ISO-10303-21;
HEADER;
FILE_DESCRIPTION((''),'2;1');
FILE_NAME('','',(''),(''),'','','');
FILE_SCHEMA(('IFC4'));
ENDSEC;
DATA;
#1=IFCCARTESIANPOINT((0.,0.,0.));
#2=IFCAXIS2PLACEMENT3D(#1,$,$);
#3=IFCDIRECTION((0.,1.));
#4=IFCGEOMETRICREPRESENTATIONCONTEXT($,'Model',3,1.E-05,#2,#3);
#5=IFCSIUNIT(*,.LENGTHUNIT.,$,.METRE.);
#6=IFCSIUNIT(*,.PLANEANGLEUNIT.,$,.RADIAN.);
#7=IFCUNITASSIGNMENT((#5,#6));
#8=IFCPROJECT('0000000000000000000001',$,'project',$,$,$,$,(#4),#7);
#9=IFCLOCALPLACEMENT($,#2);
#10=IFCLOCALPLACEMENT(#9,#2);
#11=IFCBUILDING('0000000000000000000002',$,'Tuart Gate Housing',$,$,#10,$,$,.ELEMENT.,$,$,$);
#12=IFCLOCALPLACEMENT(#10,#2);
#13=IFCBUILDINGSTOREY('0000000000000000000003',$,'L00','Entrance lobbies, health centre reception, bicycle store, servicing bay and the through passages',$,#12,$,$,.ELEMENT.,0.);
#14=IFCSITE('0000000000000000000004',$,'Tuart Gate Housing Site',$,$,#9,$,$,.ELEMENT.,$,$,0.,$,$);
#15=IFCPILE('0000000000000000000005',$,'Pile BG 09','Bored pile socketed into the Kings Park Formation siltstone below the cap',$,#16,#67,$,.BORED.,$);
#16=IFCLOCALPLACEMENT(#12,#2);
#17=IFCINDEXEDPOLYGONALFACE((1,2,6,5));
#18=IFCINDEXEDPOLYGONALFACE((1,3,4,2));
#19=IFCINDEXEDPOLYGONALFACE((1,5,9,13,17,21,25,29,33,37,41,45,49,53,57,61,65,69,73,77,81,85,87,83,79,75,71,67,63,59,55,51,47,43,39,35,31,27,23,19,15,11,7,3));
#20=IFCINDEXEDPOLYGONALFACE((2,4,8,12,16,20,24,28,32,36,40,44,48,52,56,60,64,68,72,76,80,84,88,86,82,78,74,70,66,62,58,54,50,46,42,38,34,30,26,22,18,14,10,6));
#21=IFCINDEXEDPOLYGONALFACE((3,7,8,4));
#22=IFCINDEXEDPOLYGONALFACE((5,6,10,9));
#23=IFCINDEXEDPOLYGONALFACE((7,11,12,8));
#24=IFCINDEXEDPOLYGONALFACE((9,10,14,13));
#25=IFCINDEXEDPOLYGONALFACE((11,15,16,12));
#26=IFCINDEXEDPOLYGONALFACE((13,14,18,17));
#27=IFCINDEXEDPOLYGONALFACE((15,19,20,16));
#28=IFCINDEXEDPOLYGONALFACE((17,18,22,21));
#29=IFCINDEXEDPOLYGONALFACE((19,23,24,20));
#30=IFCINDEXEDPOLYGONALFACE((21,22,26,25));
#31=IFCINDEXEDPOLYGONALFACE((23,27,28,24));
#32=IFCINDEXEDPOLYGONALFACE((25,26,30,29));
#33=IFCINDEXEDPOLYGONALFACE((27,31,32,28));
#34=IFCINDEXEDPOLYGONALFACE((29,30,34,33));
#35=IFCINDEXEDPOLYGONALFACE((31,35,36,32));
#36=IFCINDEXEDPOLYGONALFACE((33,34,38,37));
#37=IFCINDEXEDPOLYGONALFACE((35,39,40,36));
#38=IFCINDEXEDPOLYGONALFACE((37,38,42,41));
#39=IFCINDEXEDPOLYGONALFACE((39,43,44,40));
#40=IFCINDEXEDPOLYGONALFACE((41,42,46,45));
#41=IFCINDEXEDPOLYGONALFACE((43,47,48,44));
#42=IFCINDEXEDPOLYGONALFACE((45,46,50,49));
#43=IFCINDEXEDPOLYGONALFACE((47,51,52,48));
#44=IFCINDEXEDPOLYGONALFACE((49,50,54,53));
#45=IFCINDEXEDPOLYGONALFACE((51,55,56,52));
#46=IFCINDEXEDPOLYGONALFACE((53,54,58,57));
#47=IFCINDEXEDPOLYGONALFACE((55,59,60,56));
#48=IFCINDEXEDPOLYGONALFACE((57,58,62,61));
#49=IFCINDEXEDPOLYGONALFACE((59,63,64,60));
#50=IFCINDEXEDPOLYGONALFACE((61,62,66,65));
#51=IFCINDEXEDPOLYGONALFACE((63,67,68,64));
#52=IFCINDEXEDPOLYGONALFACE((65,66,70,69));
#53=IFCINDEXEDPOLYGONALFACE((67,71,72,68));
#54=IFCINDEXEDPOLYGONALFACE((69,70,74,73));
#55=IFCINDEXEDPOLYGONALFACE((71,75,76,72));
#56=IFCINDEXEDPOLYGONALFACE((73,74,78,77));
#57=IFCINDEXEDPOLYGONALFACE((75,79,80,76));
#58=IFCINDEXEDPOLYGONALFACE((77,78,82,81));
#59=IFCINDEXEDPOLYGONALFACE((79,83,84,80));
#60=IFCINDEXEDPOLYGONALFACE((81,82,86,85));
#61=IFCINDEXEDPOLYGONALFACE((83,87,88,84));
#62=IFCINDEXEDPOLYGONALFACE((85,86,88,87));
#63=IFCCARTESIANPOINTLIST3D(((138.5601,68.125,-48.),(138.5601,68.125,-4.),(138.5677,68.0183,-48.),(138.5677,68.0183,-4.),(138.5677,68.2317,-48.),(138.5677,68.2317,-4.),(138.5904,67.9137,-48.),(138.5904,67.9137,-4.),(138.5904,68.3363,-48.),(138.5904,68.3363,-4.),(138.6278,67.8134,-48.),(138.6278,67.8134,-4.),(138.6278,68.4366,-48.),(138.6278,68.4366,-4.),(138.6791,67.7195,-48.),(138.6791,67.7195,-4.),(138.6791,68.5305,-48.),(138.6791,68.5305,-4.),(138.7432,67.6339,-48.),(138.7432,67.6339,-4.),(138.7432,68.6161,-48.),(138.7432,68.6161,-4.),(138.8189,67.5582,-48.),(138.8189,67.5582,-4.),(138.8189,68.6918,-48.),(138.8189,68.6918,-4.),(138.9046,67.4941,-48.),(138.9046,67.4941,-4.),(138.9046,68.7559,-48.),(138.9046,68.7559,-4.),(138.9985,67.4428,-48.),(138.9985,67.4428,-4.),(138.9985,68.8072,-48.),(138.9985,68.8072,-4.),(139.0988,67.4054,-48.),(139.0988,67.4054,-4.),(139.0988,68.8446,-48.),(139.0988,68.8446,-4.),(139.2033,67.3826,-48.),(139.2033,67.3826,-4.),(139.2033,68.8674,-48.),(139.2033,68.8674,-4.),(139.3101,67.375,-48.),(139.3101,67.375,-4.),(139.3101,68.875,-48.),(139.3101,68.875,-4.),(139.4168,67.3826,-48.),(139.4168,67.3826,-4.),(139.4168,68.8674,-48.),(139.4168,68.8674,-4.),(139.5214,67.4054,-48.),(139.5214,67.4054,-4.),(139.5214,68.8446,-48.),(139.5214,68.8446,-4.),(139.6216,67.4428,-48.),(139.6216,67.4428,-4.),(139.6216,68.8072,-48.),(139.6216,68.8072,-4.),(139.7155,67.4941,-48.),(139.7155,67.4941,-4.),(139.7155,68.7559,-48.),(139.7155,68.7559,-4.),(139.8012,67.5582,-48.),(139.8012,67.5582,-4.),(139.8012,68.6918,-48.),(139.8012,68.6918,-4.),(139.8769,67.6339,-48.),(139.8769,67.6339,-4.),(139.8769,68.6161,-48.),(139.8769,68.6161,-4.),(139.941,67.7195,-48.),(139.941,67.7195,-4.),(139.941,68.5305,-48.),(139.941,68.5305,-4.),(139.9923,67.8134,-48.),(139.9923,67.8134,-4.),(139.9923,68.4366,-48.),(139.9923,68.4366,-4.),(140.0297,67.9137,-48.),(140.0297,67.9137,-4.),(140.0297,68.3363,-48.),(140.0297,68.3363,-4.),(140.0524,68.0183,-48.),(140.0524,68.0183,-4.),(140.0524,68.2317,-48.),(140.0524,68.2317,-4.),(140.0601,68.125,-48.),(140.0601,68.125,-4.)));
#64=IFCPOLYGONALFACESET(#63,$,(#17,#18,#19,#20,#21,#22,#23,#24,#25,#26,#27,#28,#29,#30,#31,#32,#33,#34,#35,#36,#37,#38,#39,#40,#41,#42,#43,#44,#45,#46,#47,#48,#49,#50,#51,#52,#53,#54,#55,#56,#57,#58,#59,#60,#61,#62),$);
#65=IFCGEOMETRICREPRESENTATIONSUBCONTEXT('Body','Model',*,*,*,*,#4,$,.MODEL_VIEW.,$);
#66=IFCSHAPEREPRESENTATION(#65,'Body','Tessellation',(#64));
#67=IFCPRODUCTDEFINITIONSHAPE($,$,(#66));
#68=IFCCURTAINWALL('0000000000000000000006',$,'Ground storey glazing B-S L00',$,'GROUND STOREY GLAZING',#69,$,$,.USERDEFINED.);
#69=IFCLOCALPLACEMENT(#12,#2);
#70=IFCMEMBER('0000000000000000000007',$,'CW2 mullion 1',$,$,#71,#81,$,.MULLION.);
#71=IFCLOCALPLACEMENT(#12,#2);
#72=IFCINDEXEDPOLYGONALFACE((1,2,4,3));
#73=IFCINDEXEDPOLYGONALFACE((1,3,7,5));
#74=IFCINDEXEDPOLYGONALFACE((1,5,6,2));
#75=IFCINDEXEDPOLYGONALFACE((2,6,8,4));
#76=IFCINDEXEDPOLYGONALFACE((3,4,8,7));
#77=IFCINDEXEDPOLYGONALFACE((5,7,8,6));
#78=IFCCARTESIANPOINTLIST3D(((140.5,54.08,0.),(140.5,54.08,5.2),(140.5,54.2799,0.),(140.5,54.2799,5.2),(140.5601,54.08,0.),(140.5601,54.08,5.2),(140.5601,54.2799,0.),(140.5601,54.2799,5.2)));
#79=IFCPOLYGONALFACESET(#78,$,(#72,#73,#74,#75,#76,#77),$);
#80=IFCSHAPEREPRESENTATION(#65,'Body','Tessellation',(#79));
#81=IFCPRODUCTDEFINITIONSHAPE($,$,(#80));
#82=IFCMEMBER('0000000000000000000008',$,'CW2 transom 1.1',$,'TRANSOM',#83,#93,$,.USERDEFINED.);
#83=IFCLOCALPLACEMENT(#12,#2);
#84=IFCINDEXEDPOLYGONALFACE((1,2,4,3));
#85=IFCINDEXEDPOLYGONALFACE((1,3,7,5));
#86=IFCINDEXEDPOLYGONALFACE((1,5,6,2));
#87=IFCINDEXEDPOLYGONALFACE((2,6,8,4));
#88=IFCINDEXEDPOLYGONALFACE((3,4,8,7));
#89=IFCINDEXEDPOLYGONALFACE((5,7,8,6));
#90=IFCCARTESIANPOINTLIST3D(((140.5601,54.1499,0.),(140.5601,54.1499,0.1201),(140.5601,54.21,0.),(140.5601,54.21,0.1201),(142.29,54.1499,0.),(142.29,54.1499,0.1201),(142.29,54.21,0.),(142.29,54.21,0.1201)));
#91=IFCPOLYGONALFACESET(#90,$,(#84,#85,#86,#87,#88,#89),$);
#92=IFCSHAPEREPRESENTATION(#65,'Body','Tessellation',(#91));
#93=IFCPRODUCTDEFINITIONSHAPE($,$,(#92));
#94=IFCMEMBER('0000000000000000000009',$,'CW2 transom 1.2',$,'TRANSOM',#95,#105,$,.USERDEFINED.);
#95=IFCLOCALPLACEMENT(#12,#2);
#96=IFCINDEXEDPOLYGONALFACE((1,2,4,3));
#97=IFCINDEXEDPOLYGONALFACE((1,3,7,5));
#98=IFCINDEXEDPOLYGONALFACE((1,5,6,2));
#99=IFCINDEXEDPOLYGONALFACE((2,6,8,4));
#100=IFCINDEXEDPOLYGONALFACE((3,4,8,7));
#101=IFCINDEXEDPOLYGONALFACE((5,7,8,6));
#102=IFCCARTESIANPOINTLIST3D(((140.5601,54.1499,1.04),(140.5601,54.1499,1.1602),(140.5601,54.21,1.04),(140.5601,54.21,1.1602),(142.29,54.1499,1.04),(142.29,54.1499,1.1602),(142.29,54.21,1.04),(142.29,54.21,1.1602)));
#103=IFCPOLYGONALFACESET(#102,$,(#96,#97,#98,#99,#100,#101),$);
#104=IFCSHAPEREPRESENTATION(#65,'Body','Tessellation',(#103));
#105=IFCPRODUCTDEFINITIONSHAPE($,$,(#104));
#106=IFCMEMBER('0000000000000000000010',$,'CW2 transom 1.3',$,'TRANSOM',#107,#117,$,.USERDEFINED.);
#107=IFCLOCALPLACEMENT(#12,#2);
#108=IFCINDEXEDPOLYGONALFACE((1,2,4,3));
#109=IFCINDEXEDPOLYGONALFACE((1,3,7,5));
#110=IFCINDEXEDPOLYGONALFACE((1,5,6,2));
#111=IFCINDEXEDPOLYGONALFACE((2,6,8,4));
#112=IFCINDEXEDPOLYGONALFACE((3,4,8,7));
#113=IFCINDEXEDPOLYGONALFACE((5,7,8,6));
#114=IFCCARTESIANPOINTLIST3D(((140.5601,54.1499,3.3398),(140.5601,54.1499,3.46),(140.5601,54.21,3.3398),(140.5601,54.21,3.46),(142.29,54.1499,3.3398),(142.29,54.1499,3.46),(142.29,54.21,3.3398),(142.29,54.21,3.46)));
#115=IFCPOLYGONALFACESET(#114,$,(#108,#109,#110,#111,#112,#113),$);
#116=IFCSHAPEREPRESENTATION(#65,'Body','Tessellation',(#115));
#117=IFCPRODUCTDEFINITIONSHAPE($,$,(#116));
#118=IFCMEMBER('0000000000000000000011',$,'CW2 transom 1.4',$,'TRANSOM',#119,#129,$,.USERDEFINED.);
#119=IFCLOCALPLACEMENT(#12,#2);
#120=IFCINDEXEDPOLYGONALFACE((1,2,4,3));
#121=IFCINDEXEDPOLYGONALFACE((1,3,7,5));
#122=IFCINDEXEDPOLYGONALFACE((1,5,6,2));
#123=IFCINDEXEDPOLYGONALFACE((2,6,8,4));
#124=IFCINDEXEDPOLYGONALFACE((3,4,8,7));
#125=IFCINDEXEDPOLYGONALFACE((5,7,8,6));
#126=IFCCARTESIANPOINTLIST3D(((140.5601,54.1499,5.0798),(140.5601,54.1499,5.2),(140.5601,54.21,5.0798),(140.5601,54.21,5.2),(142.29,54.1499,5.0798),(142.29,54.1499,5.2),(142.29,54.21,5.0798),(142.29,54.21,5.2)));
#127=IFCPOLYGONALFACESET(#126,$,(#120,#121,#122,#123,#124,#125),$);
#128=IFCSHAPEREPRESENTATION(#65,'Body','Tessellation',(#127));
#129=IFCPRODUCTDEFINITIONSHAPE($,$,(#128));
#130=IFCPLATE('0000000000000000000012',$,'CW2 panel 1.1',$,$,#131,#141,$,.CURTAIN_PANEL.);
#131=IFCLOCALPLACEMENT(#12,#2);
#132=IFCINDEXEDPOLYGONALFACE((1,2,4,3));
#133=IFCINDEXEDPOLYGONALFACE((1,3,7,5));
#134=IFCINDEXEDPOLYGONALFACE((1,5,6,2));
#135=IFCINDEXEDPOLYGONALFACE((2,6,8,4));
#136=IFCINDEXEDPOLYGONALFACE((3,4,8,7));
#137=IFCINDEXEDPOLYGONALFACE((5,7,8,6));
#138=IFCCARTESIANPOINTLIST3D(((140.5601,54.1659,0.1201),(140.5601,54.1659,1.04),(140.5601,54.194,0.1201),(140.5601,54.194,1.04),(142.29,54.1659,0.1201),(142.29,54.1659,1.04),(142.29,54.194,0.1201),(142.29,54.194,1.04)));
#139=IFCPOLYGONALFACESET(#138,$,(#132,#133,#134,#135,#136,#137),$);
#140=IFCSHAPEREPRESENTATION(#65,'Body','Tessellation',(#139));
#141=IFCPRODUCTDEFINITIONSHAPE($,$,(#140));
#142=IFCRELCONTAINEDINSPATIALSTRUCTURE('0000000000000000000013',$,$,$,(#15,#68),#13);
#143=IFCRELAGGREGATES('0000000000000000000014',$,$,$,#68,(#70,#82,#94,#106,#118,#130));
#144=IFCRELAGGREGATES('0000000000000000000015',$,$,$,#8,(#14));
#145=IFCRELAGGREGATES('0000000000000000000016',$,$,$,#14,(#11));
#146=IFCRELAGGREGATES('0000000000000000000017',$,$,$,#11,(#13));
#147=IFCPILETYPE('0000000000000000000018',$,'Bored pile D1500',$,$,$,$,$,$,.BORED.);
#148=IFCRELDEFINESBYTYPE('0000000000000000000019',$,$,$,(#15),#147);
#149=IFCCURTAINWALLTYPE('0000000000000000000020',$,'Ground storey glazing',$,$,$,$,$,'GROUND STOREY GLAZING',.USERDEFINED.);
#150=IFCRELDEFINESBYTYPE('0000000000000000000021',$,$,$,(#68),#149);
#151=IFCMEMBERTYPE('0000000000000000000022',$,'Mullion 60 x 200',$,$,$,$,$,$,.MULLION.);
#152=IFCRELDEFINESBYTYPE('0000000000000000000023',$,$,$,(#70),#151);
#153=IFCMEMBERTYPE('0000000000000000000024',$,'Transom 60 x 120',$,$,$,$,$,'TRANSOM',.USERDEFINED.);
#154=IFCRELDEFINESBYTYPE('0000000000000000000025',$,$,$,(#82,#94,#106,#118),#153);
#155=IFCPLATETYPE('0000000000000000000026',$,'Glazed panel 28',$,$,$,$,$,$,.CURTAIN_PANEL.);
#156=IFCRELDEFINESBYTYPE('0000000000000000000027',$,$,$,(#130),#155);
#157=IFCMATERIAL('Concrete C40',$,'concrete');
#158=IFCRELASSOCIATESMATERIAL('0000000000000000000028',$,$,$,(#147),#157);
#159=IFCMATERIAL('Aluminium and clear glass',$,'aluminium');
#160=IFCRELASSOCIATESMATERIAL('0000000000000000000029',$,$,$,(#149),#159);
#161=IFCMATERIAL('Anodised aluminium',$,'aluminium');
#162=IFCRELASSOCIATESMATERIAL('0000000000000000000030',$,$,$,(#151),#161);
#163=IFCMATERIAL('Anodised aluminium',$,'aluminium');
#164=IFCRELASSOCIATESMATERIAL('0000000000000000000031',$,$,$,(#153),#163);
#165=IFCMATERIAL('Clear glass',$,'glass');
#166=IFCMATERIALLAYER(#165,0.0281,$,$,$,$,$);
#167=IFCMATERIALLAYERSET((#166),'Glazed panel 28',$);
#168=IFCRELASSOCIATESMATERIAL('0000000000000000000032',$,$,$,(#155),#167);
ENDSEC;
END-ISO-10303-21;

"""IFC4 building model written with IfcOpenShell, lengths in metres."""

from ifc_helpers import new_model, si_unit, direction, frame, origin, origin_2d, place, context, subcontext, project, spatial, rectangle, circle, extrude, material, layer, layer_set, material_profile, profile_set, type_object, element, aggregate, save


model = new_model("IFC4")

# Units and contexts
model_context = context("Model", 3, precision=1e-05, world=origin(), true_north=direction((0.0, 1.0)))
body_context = subcontext(model_context, "Body", "Model", "MODEL_VIEW")
ifc_project = project(units=[si_unit("LENGTHUNIT", "METRE"), si_unit("PLANEANGLEUNIT", "RADIAN")], contexts=[model_context])

# Site, building, storey
site_placement = place(None, origin())
site = spatial("IfcSite", under=ifc_project, at=site_placement, Name="Tuart Gate Housing Site", CompositionType="ELEMENT", RefElevation=0.0)
building_placement = place(site_placement, origin())
building = spatial("IfcBuilding", under=site, at=building_placement, Name="Tuart Gate Housing", CompositionType="ELEMENT")
storey_placement = place(building_placement, origin())
storey = spatial("IfcBuildingStorey", under=building, at=storey_placement, Name="L00", Description="Entrance lobbies, health centre reception, bicycle store, servicing bay and the through passages", CompositionType="ELEMENT", Elevation=0.0)

# Pile
ifc_material_1 = material(Name="Concrete C40", Category="concrete")
ifc_material_profile_1 = material_profile(ifc_material_1, circle(Radius=0.75, at=origin_2d()), Name="Bored pile D1500")
ifc_profile_set_1 = profile_set([ifc_material_profile_1], Name="Concrete C40")
pile_type = type_object("IfcPileType", Name="Bored pile D1500", PredefinedType="BORED", material=ifc_profile_set_1)
pile_placement = place(storey_placement, frame((139.3101, 68.125, -4.0), z_axis=(0.0, 0.0, -1.0), x_axis=(1.0, 0.0, 0.0)))
element("IfcPile", 1, at=pile_placement, inside=storey, type_object=pile_type, Name="Pile BG 09", Description="Bored pile socketed into the Kings Park Formation siltstone below the cap", PredefinedType="BORED", context=body_context, shape_type="SweptSolid", body=[
    extrude(circle(Radius=0.75, at=origin_2d()), origin(), (0.0, 0.0, 1.0), 44.0),
])

# Curtain wall, members, plate
ifc_material_2 = material(Name="Aluminium and clear glass", Category="aluminium")
curtain_wall_type = type_object("IfcCurtainWallType", Name="Ground storey glazing", ElementType="GROUND STOREY GLAZING", PredefinedType="USERDEFINED", material=ifc_material_2)
curtain_wall_placement = place(storey_placement, origin())
curtain_wall = element("IfcCurtainWall", 2, at=curtain_wall_placement, inside=storey, type_object=curtain_wall_type, Name="Ground storey glazing B-S L00", ObjectType="GROUND STOREY GLAZING", PredefinedType="USERDEFINED")
ifc_material_3 = material(Name="Anodised aluminium", Category="aluminium")
ifc_material_profile_2 = material_profile(ifc_material_3, rectangle(XDim=0.0601, YDim=0.2, at=origin_2d()), Name="60x200")
ifc_profile_set_2 = profile_set([ifc_material_profile_2], Name="Anodised aluminium")
member_type_1 = type_object("IfcMemberType", Name="Mullion 60 x 200", PredefinedType="MULLION", material=ifc_profile_set_2)
member_1_placement = place(storey_placement, frame((140.53, 54.1799, 0.0), z_axis=(0.0, 0.0, 1.0), x_axis=(1.0, 0.0, 0.0)))
member_1 = element("IfcMember", 3, at=member_1_placement, type_object=member_type_1, Name="CW2 mullion 1", PredefinedType="MULLION", context=body_context, shape_type="SweptSolid", body=[
    extrude(rectangle(XDim=0.0601, YDim=0.2, at=origin_2d()), origin(), (0.0, 0.0, 1.0), 5.2),
])
ifc_material_4 = material(Name="Anodised aluminium", Category="aluminium")
ifc_material_profile_3 = material_profile(ifc_material_4, rectangle(XDim=0.0601, YDim=0.1201, at=origin_2d()), Name="60x120")
ifc_profile_set_3 = profile_set([ifc_material_profile_3], Name="Anodised aluminium")
member_type_2 = type_object("IfcMemberType", Name="Transom 60 x 120", ElementType="TRANSOM", PredefinedType="USERDEFINED", material=ifc_profile_set_3)
member_2_placement = place(storey_placement, frame((140.5601, 54.1799, 0.0601), z_axis=(1.0, 0.0, 0.0), x_axis=(0.0, 1.0, 0.0)))
member_2 = element("IfcMember", 4, at=member_2_placement, type_object=member_type_2, Name="CW2 transom 1.1", ObjectType="TRANSOM", PredefinedType="USERDEFINED", context=body_context, shape_type="SweptSolid", body=[
    extrude(rectangle(XDim=0.0601, YDim=0.1201, at=origin_2d()), origin(), (0.0, 0.0, 1.0), 1.73),
])
member_3_placement = place(storey_placement, frame((140.5601, 54.1799, 1.1001), z_axis=(1.0, 0.0, 0.0), x_axis=(0.0, 1.0, 0.0)))
member_3 = element("IfcMember", 5, at=member_3_placement, type_object=member_type_2, Name="CW2 transom 1.2", ObjectType="TRANSOM", PredefinedType="USERDEFINED", context=body_context, shape_type="SweptSolid", body=[
    extrude(rectangle(XDim=0.0601, YDim=0.1201, at=origin_2d()), origin(), (0.0, 0.0, 1.0), 1.73),
])
member_4_placement = place(storey_placement, frame((140.5601, 54.1799, 3.3999), z_axis=(1.0, 0.0, 0.0), x_axis=(0.0, 1.0, 0.0)))
member_4 = element("IfcMember", 6, at=member_4_placement, type_object=member_type_2, Name="CW2 transom 1.3", ObjectType="TRANSOM", PredefinedType="USERDEFINED", context=body_context, shape_type="SweptSolid", body=[
    extrude(rectangle(XDim=0.0601, YDim=0.1201, at=origin_2d()), origin(), (0.0, 0.0, 1.0), 1.73),
])
member_5_placement = place(storey_placement, frame((140.5601, 54.1799, 5.1399), z_axis=(1.0, 0.0, 0.0), x_axis=(0.0, 1.0, 0.0)))
member_5 = element("IfcMember", 7, at=member_5_placement, type_object=member_type_2, Name="CW2 transom 1.4", ObjectType="TRANSOM", PredefinedType="USERDEFINED", context=body_context, shape_type="SweptSolid", body=[
    extrude(rectangle(XDim=0.0601, YDim=0.1201, at=origin_2d()), origin(), (0.0, 0.0, 1.0), 1.73),
])
ifc_material_5 = material(Name="Clear glass", Category="glass")
ifc_layer_1 = layer(ifc_material_5, 0.0281)
ifc_layer_set_1 = layer_set([ifc_layer_1], Name="Glazed panel 28")
plate_type = type_object("IfcPlateType", Name="Glazed panel 28", PredefinedType="CURTAIN_PANEL", material=ifc_layer_set_1)
plate_placement = place(storey_placement, frame((141.425, 54.1799, 0.1201), z_axis=(0.0, 0.0, 1.0), x_axis=(1.0, 0.0, 0.0)))
plate = element("IfcPlate", 8, at=plate_placement, type_object=plate_type, Name="CW2 panel 1.1", PredefinedType="CURTAIN_PANEL", context=body_context, shape_type="SweptSolid", body=[
    extrude(rectangle(XDim=1.73, YDim=0.0281, at=origin_2d()), origin(), (0.0, 0.0, 1.0), 0.9199),
])
aggregate(curtain_wall, [member_1, member_2, member_3, member_4, member_5, plate])

save(model, "model.ifc")
